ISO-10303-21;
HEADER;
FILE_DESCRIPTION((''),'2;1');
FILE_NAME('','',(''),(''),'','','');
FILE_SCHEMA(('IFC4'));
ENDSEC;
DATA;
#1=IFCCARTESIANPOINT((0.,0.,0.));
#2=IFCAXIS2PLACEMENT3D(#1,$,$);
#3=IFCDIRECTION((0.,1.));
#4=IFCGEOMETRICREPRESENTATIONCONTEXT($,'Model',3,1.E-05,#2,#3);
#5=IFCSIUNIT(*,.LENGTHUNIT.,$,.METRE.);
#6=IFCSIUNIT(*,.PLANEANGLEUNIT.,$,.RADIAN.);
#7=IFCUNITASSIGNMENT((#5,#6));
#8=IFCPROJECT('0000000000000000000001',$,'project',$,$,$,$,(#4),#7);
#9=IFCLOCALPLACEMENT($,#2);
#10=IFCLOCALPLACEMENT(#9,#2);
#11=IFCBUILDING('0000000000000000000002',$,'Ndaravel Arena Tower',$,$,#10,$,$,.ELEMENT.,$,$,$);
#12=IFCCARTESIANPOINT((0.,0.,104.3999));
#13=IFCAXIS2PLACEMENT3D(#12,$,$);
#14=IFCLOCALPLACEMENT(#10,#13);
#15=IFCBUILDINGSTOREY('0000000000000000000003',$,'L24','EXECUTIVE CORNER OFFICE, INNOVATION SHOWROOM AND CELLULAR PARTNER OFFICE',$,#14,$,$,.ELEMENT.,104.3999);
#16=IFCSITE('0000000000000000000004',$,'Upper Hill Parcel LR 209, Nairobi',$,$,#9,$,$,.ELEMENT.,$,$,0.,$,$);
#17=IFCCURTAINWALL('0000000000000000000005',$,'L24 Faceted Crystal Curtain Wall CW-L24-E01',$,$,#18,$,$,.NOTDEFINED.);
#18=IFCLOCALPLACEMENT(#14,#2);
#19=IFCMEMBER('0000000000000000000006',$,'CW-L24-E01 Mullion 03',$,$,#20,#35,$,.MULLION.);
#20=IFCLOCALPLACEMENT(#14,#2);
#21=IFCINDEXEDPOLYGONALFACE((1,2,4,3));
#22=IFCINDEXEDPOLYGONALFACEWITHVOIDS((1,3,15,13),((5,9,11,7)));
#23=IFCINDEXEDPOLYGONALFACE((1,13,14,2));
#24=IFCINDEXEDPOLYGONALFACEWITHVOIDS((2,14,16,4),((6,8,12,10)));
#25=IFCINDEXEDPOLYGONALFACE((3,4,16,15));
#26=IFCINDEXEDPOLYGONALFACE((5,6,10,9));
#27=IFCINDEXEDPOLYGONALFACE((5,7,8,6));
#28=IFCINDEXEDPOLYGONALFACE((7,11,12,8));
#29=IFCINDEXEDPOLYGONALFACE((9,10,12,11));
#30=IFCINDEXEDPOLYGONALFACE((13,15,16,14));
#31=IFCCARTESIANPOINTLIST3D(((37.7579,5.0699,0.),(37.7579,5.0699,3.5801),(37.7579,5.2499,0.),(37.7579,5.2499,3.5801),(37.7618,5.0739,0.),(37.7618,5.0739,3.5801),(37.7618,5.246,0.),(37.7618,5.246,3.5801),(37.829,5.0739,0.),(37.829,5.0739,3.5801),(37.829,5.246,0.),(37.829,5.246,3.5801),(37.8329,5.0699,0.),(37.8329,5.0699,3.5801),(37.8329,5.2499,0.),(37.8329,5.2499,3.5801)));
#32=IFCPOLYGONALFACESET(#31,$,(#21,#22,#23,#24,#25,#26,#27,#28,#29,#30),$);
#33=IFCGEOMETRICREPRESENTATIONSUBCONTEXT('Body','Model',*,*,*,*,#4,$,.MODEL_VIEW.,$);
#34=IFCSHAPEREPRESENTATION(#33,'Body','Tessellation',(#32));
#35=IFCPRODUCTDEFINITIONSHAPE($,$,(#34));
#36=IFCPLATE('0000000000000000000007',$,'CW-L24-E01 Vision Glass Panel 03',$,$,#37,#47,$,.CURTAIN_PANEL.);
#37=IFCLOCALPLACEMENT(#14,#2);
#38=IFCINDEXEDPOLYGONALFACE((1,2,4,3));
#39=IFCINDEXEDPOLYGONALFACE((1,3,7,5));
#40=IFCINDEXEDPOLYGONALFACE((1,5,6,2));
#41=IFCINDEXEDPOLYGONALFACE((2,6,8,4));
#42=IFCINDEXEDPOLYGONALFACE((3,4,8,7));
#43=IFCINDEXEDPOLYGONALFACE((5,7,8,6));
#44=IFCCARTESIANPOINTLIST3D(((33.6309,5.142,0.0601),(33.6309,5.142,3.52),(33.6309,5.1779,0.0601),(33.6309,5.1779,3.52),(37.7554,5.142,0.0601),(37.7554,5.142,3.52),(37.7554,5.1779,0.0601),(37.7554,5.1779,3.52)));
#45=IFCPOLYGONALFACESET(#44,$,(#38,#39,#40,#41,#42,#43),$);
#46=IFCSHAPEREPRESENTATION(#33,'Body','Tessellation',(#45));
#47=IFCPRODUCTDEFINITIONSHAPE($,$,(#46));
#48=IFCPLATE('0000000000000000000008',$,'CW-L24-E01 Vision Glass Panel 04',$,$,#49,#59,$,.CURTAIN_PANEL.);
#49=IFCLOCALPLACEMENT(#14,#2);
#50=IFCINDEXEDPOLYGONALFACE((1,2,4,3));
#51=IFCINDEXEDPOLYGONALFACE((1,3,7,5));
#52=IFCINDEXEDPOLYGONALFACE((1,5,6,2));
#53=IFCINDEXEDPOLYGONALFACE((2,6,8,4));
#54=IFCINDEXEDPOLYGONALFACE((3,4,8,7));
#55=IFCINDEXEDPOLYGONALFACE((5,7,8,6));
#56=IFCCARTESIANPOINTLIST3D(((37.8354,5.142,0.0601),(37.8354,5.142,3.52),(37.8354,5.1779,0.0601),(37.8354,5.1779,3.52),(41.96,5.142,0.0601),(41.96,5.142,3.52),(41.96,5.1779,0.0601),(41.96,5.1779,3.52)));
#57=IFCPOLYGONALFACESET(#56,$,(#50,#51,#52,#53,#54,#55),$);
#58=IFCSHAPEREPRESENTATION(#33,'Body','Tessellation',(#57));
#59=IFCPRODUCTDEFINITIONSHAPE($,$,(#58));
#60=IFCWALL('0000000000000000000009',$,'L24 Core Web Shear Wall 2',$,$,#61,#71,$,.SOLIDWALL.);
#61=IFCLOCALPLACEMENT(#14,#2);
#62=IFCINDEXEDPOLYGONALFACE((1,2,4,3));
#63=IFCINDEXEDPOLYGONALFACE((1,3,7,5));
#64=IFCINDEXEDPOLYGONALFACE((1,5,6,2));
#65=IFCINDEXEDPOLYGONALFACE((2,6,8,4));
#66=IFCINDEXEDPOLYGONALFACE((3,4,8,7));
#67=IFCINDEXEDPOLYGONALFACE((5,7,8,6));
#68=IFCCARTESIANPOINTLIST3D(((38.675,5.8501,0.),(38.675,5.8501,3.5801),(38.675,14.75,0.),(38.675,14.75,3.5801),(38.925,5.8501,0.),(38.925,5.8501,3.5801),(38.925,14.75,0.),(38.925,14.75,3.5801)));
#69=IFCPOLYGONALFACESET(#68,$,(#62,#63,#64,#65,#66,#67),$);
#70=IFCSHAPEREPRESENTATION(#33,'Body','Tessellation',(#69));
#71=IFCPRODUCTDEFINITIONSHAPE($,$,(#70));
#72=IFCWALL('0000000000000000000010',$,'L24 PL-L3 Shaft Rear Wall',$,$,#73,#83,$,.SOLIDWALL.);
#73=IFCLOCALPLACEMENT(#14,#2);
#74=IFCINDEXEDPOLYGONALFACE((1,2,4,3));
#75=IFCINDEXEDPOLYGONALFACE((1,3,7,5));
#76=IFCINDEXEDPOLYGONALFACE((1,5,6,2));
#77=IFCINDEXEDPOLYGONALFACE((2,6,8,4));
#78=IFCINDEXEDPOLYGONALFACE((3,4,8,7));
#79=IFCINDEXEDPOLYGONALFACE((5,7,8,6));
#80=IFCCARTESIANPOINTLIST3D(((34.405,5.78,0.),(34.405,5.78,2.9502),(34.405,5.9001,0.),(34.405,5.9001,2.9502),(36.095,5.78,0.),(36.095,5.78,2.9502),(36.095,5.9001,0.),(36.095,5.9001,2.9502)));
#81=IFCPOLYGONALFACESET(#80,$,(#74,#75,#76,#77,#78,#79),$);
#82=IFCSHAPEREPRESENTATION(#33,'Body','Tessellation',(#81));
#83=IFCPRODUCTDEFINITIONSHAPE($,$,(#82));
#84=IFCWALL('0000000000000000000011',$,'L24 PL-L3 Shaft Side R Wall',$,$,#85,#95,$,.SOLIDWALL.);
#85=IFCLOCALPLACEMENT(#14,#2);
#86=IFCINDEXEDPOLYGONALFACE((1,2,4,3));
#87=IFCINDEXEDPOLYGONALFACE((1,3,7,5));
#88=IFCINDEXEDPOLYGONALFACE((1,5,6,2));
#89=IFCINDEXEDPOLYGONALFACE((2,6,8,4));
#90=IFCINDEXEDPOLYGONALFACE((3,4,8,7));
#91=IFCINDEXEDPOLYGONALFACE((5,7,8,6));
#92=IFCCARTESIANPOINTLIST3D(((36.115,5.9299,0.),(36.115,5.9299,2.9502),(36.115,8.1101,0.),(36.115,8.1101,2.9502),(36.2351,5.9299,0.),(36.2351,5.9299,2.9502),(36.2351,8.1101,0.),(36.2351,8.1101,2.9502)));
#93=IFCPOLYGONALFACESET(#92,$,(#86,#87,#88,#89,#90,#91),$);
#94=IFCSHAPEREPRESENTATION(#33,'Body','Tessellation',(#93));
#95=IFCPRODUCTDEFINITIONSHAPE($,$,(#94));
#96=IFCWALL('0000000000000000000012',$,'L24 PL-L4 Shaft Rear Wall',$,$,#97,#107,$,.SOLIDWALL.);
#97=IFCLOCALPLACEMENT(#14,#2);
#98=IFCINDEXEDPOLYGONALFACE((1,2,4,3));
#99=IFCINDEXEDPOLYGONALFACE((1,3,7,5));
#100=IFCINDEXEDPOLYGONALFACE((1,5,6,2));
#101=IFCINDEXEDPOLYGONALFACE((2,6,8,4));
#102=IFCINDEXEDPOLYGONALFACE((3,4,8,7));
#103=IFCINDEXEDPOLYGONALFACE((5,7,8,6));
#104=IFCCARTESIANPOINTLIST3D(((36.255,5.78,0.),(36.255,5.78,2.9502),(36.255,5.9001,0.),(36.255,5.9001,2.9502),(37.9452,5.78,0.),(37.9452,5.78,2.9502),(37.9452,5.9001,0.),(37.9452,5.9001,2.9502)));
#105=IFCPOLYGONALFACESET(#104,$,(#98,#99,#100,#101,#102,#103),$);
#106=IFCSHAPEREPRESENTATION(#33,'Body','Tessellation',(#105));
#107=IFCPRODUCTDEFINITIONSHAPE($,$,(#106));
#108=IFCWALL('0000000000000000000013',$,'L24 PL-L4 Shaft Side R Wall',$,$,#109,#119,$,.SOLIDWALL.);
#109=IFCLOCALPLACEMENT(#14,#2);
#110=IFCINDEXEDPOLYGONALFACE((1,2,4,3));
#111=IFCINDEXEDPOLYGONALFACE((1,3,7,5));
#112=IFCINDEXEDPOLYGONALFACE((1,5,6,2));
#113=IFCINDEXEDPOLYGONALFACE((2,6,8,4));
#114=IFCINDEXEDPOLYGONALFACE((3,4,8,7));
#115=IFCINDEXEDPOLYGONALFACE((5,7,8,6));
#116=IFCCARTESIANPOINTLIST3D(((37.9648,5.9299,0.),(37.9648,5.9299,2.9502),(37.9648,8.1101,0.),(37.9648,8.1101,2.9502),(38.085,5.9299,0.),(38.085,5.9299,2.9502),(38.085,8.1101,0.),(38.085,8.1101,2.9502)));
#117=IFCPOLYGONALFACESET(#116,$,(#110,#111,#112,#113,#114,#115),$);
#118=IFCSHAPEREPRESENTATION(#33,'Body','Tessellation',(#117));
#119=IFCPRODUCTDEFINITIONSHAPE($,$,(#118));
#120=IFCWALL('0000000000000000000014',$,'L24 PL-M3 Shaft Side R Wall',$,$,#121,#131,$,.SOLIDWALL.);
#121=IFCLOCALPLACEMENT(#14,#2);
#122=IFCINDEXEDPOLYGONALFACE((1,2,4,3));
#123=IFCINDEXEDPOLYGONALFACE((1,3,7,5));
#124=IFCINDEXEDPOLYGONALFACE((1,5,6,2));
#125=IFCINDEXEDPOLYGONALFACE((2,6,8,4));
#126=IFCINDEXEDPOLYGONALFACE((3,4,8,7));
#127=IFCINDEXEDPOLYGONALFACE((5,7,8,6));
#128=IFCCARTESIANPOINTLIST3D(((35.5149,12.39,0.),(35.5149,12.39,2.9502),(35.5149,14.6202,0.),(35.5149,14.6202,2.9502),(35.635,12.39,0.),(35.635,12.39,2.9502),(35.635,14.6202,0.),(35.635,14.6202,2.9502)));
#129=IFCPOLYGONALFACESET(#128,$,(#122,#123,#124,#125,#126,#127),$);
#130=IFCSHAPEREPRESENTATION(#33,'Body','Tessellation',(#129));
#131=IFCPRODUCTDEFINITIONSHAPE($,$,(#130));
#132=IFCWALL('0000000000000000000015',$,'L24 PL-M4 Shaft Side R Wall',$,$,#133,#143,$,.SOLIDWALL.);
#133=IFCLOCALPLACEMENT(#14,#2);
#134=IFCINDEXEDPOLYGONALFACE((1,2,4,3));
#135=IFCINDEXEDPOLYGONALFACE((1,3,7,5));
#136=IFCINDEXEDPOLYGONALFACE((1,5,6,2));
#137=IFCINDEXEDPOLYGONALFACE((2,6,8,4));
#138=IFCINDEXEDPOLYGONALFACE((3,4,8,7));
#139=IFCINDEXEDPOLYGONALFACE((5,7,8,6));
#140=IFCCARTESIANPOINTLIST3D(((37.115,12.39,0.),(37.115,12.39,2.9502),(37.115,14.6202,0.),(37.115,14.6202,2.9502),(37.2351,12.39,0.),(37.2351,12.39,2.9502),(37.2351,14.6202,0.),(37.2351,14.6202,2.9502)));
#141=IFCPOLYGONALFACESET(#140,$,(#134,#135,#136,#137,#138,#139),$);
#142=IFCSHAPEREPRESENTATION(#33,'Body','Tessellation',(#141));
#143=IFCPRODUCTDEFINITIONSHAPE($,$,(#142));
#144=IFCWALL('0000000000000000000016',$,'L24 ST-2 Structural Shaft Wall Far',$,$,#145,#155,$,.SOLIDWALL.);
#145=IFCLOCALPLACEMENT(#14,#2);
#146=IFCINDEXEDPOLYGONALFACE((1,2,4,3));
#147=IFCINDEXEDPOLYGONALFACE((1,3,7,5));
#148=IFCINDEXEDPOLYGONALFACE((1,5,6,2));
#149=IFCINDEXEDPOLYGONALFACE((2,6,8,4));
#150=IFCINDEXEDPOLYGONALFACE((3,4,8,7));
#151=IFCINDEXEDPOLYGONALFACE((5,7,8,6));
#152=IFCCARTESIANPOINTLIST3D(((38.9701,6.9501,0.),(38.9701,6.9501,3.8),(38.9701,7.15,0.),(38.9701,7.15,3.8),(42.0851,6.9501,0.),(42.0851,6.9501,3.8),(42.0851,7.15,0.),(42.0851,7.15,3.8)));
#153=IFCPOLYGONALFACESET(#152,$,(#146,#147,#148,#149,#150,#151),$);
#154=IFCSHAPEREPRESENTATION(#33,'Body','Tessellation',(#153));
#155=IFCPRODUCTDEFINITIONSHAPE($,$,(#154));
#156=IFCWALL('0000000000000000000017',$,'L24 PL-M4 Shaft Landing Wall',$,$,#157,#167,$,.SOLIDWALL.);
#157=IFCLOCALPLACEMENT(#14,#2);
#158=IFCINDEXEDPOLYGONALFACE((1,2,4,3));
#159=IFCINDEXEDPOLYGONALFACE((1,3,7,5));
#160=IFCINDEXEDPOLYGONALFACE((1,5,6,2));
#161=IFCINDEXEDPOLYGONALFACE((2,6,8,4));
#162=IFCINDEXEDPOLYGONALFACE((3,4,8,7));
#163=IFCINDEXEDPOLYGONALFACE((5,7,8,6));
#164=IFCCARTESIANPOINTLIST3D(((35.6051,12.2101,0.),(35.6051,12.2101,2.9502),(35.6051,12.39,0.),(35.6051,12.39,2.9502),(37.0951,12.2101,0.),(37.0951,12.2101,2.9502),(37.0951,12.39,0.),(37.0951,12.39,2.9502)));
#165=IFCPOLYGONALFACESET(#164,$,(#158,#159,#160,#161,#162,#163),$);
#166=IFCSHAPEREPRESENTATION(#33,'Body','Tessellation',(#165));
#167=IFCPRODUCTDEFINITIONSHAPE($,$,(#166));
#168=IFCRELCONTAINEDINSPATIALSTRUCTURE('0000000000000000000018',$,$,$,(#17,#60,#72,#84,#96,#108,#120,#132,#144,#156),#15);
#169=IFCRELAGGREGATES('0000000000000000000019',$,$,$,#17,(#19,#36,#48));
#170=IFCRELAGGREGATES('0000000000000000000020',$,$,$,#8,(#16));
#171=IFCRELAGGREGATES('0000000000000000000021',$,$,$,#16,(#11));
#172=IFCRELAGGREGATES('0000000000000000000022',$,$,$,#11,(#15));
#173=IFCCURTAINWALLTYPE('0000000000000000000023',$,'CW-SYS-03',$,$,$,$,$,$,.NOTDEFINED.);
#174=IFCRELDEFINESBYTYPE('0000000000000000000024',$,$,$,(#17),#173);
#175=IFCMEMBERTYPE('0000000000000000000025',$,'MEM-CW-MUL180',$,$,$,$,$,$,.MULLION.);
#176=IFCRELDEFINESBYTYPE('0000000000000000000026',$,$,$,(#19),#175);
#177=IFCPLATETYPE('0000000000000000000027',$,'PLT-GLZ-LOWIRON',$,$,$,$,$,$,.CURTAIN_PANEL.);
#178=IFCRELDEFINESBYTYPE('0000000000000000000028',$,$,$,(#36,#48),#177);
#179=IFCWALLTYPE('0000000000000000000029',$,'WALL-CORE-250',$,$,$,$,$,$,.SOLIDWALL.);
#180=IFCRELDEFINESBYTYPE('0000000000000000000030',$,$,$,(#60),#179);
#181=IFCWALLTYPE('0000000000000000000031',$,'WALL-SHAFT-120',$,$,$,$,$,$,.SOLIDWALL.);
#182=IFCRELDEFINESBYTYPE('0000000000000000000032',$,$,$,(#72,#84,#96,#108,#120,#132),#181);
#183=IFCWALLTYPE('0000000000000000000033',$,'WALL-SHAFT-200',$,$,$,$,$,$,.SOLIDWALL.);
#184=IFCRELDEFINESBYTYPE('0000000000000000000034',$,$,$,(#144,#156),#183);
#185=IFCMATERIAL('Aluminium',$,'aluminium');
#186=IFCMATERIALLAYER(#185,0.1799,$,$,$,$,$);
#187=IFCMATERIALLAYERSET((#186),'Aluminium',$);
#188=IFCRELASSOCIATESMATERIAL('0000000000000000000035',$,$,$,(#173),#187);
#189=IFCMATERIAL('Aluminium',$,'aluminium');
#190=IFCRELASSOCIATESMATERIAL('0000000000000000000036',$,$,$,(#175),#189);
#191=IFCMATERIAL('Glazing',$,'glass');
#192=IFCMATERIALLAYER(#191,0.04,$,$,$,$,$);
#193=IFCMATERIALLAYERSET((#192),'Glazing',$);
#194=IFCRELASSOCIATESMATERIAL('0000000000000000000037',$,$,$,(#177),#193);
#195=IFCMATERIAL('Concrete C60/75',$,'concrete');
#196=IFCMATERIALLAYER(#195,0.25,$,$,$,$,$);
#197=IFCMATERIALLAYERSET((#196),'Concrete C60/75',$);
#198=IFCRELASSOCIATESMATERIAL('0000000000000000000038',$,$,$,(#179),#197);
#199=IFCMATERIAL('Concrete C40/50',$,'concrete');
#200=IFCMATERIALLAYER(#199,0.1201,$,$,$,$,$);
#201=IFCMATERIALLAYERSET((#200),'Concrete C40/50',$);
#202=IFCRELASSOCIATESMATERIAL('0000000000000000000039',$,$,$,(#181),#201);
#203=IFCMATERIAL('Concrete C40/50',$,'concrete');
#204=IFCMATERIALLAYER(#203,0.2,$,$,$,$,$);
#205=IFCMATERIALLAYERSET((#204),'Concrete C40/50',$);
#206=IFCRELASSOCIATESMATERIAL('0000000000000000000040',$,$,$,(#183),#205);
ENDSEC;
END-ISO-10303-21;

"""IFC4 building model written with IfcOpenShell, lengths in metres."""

from ifc_helpers import new_model, si_unit, direction, frame, frame_2d, origin, origin_2d, place, context, subcontext, project, spatial, rectangle, hollow_rectangle, extrude, material, layer, layer_set, material_profile, profile_set, type_object, element, aggregate, save


model = new_model("IFC4")

# Units and contexts
model_context = context("Model", 3, precision=1e-05, world=origin(), true_north=direction((0.0, 1.0)))
body_context = subcontext(model_context, "Body", "Model", "MODEL_VIEW")
ifc_project = project(units=[si_unit("LENGTHUNIT", "METRE"), si_unit("PLANEANGLEUNIT", "RADIAN")], contexts=[model_context])

# Site, building, storey
site_placement = place(None, origin())
site = spatial("IfcSite", under=ifc_project, at=site_placement, Name="Upper Hill Parcel LR 209, Nairobi", CompositionType="ELEMENT", RefElevation=0.0)
building_placement = place(site_placement, origin())
building = spatial("IfcBuilding", under=site, at=building_placement, Name="Ndaravel Arena Tower", CompositionType="ELEMENT")
storey_placement = place(building_placement, frame((0.0, 0.0, 104.3999)))
storey = spatial("IfcBuildingStorey", under=building, at=storey_placement, Name="L24", Description="EXECUTIVE CORNER OFFICE, INNOVATION SHOWROOM AND CELLULAR PARTNER OFFICE", CompositionType="ELEMENT", Elevation=104.3999)

# Curtain wall, member, plates
ifc_material_1 = material(Name="Aluminium", Category="aluminium")
ifc_layer_1 = layer(ifc_material_1, 0.1799)
ifc_layer_set_1 = layer_set([ifc_layer_1], Name="Aluminium")
curtain_wall_type = type_object("IfcCurtainWallType", Name="CW-SYS-03", PredefinedType="NOTDEFINED", material=ifc_layer_set_1)
curtain_wall_placement = place(storey_placement, origin())
curtain_wall = element("IfcCurtainWall", 1, at=curtain_wall_placement, inside=storey, type_object=curtain_wall_type, Name="L24 Faceted Crystal Curtain Wall CW-L24-E01", PredefinedType="NOTDEFINED")
ifc_material_2 = material(Name="Aluminium", Category="aluminium")
ifc_material_profile = material_profile(ifc_material_2, hollow_rectangle(XDim=0.075, YDim=0.1799, WallThickness=0.0039, at=origin_2d()), Name="CW MULLION 75x180x4")
ifc_profile_set = profile_set([ifc_material_profile], Name="Aluminium")
member_type = type_object("IfcMemberType", Name="MEM-CW-MUL180", PredefinedType="MULLION", material=ifc_profile_set)
member_placement = place(storey_placement, frame((37.7954, 5.1599, 0.0), z_axis=(0.0, 0.0, 1.0), x_axis=(1.0, 0.0, 0.0)))
member = element("IfcMember", 2, at=member_placement, type_object=member_type, Name="CW-L24-E01 Mullion 03", PredefinedType="MULLION", context=body_context, shape_type="SweptSolid", body=[
    extrude(hollow_rectangle(XDim=0.075, YDim=0.1799, WallThickness=0.0039, at=origin_2d()), origin(), (0.0, 0.0, 1.0), 3.5801),
])
ifc_material_3 = material(Name="Glazing", Category="glass")
ifc_layer_2 = layer(ifc_material_3, 0.04)
ifc_layer_set_2 = layer_set([ifc_layer_2], Name="Glazing")
plate_type = type_object("IfcPlateType", Name="PLT-GLZ-LOWIRON", PredefinedType="CURTAIN_PANEL", material=ifc_layer_set_2)
plate_1_placement = place(storey_placement, frame((35.6931, 5.1599, 0.0601), z_axis=(0.0, 0.0, 1.0), x_axis=(1.0, 0.0, 0.0)))
plate_1 = element("IfcPlate", 3, at=plate_1_placement, type_object=plate_type, Name="CW-L24-E01 Vision Glass Panel 03", PredefinedType="CURTAIN_PANEL", context=body_context, shape_type="SweptSolid", body=[
    extrude(rectangle(XDim=4.1245, YDim=0.0359, at=origin_2d()), origin(), (0.0, 0.0, 1.0), 3.46),
])
plate_2_placement = place(storey_placement, frame((39.8977, 5.1599, 0.0601), z_axis=(0.0, 0.0, 1.0), x_axis=(1.0, 0.0, 0.0)))
plate_2 = element("IfcPlate", 4, at=plate_2_placement, type_object=plate_type, Name="CW-L24-E01 Vision Glass Panel 04", PredefinedType="CURTAIN_PANEL", context=body_context, shape_type="SweptSolid", body=[
    extrude(rectangle(XDim=4.1245, YDim=0.0359, at=origin_2d()), origin(), (0.0, 0.0, 1.0), 3.46),
])
aggregate(curtain_wall, [member, plate_1, plate_2])

# Walls
ifc_material_4 = material(Name="Concrete C60/75", Category="concrete")
ifc_layer_3 = layer(ifc_material_4, 0.25)
ifc_layer_set_3 = layer_set([ifc_layer_3], Name="Concrete C60/75")
wall_type_1 = type_object("IfcWallType", Name="WALL-CORE-250", PredefinedType="SOLIDWALL", material=ifc_layer_set_3)
wall_1_placement = place(storey_placement, frame((38.8, 5.8501, 0.0), z_axis=(0.0, 0.0, 1.0), x_axis=(0.0, 1.0, 0.0)))
element("IfcWall", 5, at=wall_1_placement, inside=storey, type_object=wall_type_1, Name="L24 Core Web Shear Wall 2", PredefinedType="SOLIDWALL", context=body_context, shape_type="SweptSolid", body=[
    extrude(rectangle(XDim=8.8999, YDim=0.25, at=frame_2d((4.45, 0.0))), origin(), (0.0, 0.0, 1.0), 3.5801),
])
ifc_material_5 = material(Name="Concrete C40/50", Category="concrete")
ifc_layer_4 = layer(ifc_material_5, 0.1201)
ifc_layer_set_4 = layer_set([ifc_layer_4], Name="Concrete C40/50")
wall_type_2 = type_object("IfcWallType", Name="WALL-SHAFT-120", PredefinedType="SOLIDWALL", material=ifc_layer_set_4)
wall_2_placement = place(storey_placement, frame((34.405, 5.8401, 0.0), z_axis=(0.0, 0.0, 1.0), x_axis=(1.0, 0.0, 0.0)))
element("IfcWall", 6, at=wall_2_placement, inside=storey, type_object=wall_type_2, Name="L24 PL-L3 Shaft Rear Wall", PredefinedType="SOLIDWALL", context=body_context, shape_type="SweptSolid", body=[
    extrude(rectangle(XDim=1.6899, YDim=0.1201, at=frame_2d((0.845, 0.0))), origin(), (0.0, 0.0, 1.0), 2.9502),
])
wall_3_placement = place(storey_placement, frame((36.175, 5.9299, 0.0), z_axis=(0.0, 0.0, 1.0), x_axis=(0.0, 1.0, 0.0)))
element("IfcWall", 7, at=wall_3_placement, inside=storey, type_object=wall_type_2, Name="L24 PL-L3 Shaft Side R Wall", PredefinedType="SOLIDWALL", context=body_context, shape_type="SweptSolid", body=[
    extrude(rectangle(XDim=2.1802, YDim=0.1201, at=frame_2d((1.0901, 0.0))), origin(), (0.0, 0.0, 1.0), 2.9502),
])
wall_4_placement = place(storey_placement, frame((36.2549, 5.8401, 0.0), z_axis=(0.0, 0.0, 1.0), x_axis=(1.0, 0.0, 0.0)))
element("IfcWall", 8, at=wall_4_placement, inside=storey, type_object=wall_type_2, Name="L24 PL-L4 Shaft Rear Wall", PredefinedType="SOLIDWALL", context=body_context, shape_type="SweptSolid", body=[
    extrude(rectangle(XDim=1.6902, YDim=0.1201, at=frame_2d((0.8452, 0.0))), origin(), (0.0, 0.0, 1.0), 2.9502),
])
wall_5_placement = place(storey_placement, frame((38.0249, 5.9299, 0.0), z_axis=(0.0, 0.0, 1.0), x_axis=(0.0, 1.0, 0.0)))
element("IfcWall", 9, at=wall_5_placement, inside=storey, type_object=wall_type_2, Name="L24 PL-L4 Shaft Side R Wall", PredefinedType="SOLIDWALL", context=body_context, shape_type="SweptSolid", body=[
    extrude(rectangle(XDim=2.1802, YDim=0.1201, at=frame_2d((1.0901, 0.0))), origin(), (0.0, 0.0, 1.0), 2.9502),
])
for number, where, z_axis, x_axis, name in (
    (10, (35.575, 12.3899, 0.0), (0.0, 0.0, 1.0), (0.0, 1.0, 0.0), "L24 PL-M3 Shaft Side R Wall"),
    (11, (37.175, 12.3899, 0.0), (0.0, 0.0, 1.0), (0.0, 1.0, 0.0), "L24 PL-M4 Shaft Side R Wall"),
):
    element("IfcWall", number, at=place(storey_placement, frame(where, z_axis=z_axis, x_axis=x_axis)), inside=storey, type_object=wall_type_2, Name=name, PredefinedType="SOLIDWALL", context=body_context, shape_type="SweptSolid", body=[
        extrude(rectangle(XDim=2.2302, YDim=0.1201, at=frame_2d((1.1152, 0.0))), origin(), (0.0, 0.0, 1.0), 2.9502),
    ])
ifc_material_6 = material(Name="Concrete C40/50", Category="concrete")
ifc_layer_5 = layer(ifc_material_6, 0.2)
ifc_layer_set_5 = layer_set([ifc_layer_5], Name="Concrete C40/50")
wall_type_3 = type_object("IfcWallType", Name="WALL-SHAFT-200", PredefinedType="SOLIDWALL", material=ifc_layer_set_5)
wall_6_placement = place(storey_placement, frame((38.97, 7.05, 0.0), z_axis=(0.0, 0.0, 1.0), x_axis=(1.0, 0.0, 0.0)))
element("IfcWall", 12, at=wall_6_placement, inside=storey, type_object=wall_type_3, Name="L24 ST-2 Structural Shaft Wall Far", PredefinedType="SOLIDWALL", context=body_context, shape_type="SweptSolid", body=[
    extrude(rectangle(XDim=3.115, YDim=0.2, at=frame_2d((1.5576, 0.0))), origin(), (0.0, 0.0, 1.0), 3.8),
])

# Wall
wall_7_placement = place(storey_placement, frame((35.605, 12.3, 0.0), z_axis=(0.0, 0.0, 1.0), x_axis=(1.0, 0.0, 0.0)))
element("IfcWall", 13, at=wall_7_placement, inside=storey, type_object=wall_type_3, Name="L24 PL-M4 Shaft Landing Wall", PredefinedType="SOLIDWALL", context=body_context, shape_type="SweptSolid", body=[
    extrude(rectangle(XDim=1.49, YDim=0.1799, at=frame_2d((0.7451, 0.0))), origin(), (0.0, 0.0, 1.0), 2.9502),
])

save(model, "model.ifc")
